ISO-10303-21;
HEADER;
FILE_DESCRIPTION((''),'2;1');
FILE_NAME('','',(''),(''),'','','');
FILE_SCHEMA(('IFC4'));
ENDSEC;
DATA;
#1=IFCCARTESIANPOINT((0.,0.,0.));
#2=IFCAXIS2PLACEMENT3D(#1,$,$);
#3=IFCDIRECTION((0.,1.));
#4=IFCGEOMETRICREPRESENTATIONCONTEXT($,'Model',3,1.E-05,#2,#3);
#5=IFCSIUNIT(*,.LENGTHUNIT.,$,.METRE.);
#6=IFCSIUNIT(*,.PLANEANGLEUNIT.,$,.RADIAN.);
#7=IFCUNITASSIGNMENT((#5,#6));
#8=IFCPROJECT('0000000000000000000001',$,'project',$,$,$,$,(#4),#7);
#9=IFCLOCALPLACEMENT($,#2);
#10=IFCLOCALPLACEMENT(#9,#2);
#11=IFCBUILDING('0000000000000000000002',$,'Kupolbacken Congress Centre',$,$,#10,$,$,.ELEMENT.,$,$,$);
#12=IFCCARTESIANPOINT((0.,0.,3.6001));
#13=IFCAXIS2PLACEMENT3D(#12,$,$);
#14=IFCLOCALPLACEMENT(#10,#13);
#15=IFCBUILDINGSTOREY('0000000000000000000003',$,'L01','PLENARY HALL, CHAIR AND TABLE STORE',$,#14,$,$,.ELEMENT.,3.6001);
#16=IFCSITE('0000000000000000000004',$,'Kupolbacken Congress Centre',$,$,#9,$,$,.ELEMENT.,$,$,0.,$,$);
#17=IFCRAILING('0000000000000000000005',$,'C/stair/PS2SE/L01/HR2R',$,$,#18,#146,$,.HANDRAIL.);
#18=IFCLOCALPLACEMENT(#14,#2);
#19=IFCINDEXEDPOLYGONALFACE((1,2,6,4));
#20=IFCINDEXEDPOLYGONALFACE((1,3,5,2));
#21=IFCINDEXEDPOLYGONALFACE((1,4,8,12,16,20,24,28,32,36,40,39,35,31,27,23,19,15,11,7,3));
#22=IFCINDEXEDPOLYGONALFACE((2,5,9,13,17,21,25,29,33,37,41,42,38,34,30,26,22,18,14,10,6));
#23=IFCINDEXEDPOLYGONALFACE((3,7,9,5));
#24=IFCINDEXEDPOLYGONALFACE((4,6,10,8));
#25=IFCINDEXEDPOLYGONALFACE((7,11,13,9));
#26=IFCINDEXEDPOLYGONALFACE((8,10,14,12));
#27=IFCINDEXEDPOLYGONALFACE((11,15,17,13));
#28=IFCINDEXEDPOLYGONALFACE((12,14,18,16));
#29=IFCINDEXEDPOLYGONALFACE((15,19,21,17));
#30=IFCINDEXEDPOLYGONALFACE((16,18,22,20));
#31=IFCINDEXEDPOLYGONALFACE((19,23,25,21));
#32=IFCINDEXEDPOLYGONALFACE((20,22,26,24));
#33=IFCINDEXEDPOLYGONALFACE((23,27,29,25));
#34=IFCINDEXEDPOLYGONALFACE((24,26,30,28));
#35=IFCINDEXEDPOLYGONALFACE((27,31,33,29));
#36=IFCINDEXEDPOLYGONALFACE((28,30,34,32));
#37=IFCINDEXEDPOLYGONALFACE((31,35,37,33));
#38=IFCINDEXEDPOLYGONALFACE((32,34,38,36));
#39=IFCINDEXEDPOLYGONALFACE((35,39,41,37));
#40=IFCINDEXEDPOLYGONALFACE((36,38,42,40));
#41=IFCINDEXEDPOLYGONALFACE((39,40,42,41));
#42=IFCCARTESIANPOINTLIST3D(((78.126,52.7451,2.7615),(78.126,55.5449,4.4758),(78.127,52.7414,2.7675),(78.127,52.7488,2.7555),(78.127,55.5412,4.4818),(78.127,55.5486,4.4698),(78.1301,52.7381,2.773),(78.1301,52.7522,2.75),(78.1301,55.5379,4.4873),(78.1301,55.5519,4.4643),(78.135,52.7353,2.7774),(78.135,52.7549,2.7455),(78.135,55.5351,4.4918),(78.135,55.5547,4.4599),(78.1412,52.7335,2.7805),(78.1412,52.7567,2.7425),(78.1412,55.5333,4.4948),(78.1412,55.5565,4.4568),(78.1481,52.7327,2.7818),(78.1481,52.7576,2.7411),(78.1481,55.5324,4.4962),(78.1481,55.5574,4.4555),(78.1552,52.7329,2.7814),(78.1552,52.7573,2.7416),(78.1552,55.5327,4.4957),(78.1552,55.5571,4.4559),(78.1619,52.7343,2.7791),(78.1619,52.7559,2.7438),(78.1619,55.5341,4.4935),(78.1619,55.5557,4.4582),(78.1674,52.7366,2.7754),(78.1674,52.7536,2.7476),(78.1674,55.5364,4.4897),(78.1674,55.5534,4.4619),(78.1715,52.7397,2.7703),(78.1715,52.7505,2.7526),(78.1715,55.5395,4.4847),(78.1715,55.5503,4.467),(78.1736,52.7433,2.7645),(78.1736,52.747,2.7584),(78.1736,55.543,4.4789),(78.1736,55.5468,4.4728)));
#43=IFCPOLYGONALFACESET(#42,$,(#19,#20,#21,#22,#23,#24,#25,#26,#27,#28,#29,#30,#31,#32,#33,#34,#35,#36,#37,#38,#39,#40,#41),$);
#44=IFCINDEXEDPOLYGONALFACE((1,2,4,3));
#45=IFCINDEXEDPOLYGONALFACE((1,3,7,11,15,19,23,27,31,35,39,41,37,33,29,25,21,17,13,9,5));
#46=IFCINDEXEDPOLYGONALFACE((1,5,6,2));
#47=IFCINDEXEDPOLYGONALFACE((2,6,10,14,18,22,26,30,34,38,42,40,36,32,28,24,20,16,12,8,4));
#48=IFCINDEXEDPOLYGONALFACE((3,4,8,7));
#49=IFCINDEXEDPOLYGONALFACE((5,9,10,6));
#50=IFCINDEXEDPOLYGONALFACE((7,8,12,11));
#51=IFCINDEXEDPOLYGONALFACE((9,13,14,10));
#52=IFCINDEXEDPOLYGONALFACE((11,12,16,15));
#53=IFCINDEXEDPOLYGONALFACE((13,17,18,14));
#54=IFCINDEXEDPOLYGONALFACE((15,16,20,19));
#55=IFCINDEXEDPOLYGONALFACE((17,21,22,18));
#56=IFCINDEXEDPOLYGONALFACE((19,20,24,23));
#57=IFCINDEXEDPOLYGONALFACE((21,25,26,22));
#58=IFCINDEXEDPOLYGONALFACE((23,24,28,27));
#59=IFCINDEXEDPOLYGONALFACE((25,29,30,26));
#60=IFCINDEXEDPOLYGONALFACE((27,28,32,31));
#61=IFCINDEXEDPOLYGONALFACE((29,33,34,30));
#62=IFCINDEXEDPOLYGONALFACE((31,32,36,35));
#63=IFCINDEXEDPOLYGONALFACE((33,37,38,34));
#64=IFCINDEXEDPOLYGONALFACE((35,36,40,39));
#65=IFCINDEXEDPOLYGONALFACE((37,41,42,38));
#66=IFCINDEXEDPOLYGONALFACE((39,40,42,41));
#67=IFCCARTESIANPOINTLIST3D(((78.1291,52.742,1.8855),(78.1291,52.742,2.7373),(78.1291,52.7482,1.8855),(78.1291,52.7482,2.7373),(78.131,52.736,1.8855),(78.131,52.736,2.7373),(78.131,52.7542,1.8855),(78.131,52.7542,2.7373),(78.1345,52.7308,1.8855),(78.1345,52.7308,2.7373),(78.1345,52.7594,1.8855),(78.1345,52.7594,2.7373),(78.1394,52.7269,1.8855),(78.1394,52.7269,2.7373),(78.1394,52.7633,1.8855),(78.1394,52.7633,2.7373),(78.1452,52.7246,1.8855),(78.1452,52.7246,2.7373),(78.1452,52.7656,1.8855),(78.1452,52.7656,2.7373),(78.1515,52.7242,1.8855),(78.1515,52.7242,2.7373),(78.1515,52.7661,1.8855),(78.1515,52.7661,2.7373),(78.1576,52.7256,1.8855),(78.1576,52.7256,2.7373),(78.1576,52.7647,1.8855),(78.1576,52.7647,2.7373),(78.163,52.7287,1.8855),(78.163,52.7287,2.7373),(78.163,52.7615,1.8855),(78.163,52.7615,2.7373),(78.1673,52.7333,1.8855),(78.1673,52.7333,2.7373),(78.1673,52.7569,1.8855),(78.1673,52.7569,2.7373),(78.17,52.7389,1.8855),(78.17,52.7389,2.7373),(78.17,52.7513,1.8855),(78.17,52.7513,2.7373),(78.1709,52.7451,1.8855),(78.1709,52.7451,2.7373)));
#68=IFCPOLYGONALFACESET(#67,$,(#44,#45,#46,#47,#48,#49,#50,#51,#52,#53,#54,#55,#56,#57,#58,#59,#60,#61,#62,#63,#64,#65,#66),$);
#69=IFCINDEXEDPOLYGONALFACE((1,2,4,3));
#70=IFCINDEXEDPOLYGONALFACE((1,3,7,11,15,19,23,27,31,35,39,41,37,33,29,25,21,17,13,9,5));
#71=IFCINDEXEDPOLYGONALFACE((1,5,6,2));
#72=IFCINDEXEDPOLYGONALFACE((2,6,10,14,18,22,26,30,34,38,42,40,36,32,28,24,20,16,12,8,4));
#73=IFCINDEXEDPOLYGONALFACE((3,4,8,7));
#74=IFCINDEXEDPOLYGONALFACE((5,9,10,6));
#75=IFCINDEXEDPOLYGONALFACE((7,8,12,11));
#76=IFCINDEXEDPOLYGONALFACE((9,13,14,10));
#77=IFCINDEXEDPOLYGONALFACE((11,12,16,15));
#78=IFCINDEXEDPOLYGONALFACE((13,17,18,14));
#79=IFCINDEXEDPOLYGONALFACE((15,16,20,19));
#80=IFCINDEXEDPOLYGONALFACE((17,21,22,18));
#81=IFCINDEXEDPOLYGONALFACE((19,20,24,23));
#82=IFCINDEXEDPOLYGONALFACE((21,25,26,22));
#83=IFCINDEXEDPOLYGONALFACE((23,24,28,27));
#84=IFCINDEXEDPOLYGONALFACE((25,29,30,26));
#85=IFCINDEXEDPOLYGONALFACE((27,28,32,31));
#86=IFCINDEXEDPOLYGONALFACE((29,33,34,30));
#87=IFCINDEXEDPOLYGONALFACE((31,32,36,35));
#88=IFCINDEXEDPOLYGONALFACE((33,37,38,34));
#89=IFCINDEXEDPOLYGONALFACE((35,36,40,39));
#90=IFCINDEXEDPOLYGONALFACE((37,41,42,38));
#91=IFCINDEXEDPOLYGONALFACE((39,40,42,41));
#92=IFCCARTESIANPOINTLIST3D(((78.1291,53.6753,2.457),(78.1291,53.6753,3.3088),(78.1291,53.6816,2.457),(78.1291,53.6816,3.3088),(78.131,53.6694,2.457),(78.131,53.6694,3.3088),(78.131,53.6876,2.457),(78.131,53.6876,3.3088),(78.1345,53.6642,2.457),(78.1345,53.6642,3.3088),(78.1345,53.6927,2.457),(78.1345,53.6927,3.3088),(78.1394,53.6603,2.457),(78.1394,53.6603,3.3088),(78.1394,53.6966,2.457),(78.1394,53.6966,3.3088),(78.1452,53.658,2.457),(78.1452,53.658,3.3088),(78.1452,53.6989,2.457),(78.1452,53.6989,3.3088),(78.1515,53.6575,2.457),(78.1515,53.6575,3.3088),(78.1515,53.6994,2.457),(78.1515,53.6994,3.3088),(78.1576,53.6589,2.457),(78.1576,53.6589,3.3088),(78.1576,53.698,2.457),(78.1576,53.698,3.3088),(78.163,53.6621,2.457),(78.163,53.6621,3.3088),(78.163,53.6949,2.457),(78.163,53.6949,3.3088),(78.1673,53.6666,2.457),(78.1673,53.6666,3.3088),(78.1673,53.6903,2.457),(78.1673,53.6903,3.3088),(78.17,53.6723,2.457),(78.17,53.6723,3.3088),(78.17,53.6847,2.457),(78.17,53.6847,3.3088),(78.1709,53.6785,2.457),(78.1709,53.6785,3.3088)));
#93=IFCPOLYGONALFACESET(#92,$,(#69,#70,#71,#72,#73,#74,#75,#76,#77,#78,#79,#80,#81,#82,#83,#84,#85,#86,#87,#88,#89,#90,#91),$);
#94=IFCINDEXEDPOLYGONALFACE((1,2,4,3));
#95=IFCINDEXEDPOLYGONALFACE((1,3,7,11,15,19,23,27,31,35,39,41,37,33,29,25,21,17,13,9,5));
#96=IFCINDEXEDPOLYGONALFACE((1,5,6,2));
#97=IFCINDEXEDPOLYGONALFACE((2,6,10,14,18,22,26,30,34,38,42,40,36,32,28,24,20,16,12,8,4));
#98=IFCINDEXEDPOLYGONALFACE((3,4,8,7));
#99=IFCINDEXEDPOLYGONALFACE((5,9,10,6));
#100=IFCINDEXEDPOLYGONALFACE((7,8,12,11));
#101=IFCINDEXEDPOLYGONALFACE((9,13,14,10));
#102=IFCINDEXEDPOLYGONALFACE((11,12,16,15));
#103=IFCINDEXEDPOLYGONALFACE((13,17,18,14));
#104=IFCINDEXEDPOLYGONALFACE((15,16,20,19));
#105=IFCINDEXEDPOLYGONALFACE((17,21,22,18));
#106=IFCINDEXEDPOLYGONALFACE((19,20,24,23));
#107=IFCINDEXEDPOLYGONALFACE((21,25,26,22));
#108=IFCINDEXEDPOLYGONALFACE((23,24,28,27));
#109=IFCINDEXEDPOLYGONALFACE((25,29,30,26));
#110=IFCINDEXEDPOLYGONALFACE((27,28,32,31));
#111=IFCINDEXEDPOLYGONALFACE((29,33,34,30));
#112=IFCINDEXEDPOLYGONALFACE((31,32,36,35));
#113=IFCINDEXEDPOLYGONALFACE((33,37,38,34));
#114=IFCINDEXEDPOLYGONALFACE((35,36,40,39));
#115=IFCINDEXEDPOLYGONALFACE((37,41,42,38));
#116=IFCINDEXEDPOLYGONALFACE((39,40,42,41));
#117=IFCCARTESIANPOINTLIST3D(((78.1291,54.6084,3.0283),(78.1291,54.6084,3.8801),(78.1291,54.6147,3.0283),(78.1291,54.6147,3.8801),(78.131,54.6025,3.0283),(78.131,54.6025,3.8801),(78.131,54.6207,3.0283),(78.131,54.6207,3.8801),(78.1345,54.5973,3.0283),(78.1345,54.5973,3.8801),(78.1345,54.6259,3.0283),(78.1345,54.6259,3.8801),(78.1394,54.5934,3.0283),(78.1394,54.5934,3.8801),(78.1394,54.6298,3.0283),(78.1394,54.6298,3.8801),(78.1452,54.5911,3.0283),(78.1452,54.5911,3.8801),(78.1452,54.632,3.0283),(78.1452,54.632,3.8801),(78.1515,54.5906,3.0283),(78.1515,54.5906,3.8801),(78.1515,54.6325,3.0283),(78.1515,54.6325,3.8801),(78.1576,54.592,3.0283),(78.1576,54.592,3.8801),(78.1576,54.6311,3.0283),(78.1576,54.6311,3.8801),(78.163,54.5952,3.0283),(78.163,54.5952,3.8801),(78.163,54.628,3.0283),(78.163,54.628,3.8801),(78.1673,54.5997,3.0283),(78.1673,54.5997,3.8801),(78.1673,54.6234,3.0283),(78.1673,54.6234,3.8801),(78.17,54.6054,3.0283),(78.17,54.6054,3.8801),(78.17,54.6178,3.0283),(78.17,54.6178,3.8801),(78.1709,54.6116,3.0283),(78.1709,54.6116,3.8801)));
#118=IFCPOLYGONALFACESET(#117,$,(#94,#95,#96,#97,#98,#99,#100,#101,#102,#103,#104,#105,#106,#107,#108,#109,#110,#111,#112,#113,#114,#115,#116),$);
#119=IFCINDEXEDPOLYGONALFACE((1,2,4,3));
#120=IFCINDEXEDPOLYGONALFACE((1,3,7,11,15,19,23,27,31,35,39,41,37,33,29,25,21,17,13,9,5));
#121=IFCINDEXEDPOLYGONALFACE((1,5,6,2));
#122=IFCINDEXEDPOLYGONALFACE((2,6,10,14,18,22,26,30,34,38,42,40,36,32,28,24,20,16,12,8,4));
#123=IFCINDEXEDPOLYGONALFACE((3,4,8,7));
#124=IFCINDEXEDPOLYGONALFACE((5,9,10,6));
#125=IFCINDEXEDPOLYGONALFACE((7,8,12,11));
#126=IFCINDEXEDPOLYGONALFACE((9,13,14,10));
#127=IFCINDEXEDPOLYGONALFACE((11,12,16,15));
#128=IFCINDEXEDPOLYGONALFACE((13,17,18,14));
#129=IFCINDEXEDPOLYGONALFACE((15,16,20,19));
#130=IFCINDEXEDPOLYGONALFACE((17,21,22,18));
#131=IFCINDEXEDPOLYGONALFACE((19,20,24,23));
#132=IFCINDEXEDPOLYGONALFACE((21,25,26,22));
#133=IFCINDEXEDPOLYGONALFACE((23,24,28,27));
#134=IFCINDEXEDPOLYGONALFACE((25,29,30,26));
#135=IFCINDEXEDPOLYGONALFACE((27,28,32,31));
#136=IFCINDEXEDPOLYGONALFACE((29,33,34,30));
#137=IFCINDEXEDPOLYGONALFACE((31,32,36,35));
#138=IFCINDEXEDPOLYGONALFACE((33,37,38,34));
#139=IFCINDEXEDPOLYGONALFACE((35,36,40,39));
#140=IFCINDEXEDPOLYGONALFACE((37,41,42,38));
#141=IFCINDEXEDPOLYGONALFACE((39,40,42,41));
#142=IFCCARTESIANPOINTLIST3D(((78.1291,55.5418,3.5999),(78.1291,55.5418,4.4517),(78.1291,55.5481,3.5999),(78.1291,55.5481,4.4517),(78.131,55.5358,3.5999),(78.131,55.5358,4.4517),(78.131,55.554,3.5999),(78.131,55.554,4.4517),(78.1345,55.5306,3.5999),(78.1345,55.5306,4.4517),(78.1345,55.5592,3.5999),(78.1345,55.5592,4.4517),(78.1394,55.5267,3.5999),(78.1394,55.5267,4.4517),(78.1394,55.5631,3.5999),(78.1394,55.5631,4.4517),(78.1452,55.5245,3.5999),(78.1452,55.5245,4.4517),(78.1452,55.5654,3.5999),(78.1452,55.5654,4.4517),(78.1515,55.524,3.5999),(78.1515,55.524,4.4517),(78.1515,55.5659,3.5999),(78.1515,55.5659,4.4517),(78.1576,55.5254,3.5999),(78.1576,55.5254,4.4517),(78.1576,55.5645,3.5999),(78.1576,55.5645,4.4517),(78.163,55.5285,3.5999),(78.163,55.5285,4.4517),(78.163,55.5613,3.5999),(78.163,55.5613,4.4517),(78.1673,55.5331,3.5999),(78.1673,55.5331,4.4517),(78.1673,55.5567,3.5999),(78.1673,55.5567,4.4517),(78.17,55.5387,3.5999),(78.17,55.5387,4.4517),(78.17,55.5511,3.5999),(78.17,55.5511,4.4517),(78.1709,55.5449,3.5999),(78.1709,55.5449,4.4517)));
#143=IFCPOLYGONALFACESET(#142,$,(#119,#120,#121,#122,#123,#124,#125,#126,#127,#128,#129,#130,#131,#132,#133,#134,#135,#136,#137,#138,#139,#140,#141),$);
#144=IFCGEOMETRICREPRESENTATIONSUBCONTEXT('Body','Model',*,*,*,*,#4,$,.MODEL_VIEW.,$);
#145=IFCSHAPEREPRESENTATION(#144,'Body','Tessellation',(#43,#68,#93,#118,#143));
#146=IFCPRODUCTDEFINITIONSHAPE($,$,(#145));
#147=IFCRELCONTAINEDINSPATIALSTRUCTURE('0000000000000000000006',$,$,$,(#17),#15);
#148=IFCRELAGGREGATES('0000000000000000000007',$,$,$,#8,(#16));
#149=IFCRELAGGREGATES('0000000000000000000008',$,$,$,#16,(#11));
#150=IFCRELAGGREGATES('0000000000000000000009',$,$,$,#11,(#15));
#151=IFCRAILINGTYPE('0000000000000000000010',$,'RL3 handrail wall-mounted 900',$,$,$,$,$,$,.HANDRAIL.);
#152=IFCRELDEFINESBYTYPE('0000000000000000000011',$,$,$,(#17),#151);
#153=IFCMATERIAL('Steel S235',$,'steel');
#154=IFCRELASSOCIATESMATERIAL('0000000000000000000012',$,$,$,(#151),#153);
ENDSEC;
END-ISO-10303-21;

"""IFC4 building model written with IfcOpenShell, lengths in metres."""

from ifc_helpers import new_model, si_unit, direction, frame, origin, origin_2d, place, context, subcontext, project, spatial, circle, extrude, material, type_object, element, save


model = new_model("IFC4")

# Units and contexts
model_context = context("Model", 3, precision=1e-05, world=origin(), true_north=direction((0.0, 1.0)))
body_context = subcontext(model_context, "Body", "Model", "MODEL_VIEW")
ifc_project = project(units=[si_unit("LENGTHUNIT", "METRE"), si_unit("PLANEANGLEUNIT", "RADIAN")], contexts=[model_context])

# Site, building, storey
site_placement = place(None, origin())
site = spatial("IfcSite", under=ifc_project, at=site_placement, Name="Kupolbacken Congress Centre", CompositionType="ELEMENT", RefElevation=0.0)
building_placement = place(site_placement, origin())
building = spatial("IfcBuilding", under=site, at=building_placement, Name="Kupolbacken Congress Centre", CompositionType="ELEMENT")
storey_placement = place(building_placement, frame((0.0, 0.0, 3.6001)))
storey = spatial("IfcBuildingStorey", under=building, at=storey_placement, Name="L01", Description="PLENARY HALL, CHAIR AND TABLE STORE", CompositionType="ELEMENT", Elevation=3.6001)

# Railing
ifc_material_1 = material(Name="Steel S235", Category="steel")
railing_type = type_object("IfcRailingType", Name="RL3 handrail wall-mounted 900", PredefinedType="HANDRAIL", material=ifc_material_1)
for number, where, name in (
    (1, (78.1499, 52.7451, 1.8855), "C/stair/PS2SE/L01/HR2R"),
):
    element("IfcRailing", number, at=place(storey_placement, frame(where)), inside=storey, type_object=railing_type, Name=name, PredefinedType="HANDRAIL", context=body_context, shape_type="SweptSolid", body=[
        extrude(circle(Radius=0.0239, at=origin_2d()), frame((0.0, 0.0, 0.876), z_axis=(0.0, 0.852826, 0.522196), x_axis=(-1.0, 0.0, 0.0)), (0.0, 0.0, 1.0), 3.283),
        extrude(circle(Radius=0.021, at=origin_2d()), origin(), (0.0, 0.0, 1.0), 0.8518),
        extrude(circle(Radius=0.021, at=origin_2d()), frame((0.0, 0.9333, 0.5715)), (0.0, 0.0, 1.0), 0.8518),
        extrude(circle(Radius=0.021, at=origin_2d()), frame((0.0, 1.8665, 1.1428)), (0.0, 0.0, 1.0), 0.8518),
        extrude(circle(Radius=0.021, at=origin_2d()), frame((0.0, 2.7998, 1.7144)), (0.0, 0.0, 1.0), 0.8518),
    ])

save(model, "model.ifc")
